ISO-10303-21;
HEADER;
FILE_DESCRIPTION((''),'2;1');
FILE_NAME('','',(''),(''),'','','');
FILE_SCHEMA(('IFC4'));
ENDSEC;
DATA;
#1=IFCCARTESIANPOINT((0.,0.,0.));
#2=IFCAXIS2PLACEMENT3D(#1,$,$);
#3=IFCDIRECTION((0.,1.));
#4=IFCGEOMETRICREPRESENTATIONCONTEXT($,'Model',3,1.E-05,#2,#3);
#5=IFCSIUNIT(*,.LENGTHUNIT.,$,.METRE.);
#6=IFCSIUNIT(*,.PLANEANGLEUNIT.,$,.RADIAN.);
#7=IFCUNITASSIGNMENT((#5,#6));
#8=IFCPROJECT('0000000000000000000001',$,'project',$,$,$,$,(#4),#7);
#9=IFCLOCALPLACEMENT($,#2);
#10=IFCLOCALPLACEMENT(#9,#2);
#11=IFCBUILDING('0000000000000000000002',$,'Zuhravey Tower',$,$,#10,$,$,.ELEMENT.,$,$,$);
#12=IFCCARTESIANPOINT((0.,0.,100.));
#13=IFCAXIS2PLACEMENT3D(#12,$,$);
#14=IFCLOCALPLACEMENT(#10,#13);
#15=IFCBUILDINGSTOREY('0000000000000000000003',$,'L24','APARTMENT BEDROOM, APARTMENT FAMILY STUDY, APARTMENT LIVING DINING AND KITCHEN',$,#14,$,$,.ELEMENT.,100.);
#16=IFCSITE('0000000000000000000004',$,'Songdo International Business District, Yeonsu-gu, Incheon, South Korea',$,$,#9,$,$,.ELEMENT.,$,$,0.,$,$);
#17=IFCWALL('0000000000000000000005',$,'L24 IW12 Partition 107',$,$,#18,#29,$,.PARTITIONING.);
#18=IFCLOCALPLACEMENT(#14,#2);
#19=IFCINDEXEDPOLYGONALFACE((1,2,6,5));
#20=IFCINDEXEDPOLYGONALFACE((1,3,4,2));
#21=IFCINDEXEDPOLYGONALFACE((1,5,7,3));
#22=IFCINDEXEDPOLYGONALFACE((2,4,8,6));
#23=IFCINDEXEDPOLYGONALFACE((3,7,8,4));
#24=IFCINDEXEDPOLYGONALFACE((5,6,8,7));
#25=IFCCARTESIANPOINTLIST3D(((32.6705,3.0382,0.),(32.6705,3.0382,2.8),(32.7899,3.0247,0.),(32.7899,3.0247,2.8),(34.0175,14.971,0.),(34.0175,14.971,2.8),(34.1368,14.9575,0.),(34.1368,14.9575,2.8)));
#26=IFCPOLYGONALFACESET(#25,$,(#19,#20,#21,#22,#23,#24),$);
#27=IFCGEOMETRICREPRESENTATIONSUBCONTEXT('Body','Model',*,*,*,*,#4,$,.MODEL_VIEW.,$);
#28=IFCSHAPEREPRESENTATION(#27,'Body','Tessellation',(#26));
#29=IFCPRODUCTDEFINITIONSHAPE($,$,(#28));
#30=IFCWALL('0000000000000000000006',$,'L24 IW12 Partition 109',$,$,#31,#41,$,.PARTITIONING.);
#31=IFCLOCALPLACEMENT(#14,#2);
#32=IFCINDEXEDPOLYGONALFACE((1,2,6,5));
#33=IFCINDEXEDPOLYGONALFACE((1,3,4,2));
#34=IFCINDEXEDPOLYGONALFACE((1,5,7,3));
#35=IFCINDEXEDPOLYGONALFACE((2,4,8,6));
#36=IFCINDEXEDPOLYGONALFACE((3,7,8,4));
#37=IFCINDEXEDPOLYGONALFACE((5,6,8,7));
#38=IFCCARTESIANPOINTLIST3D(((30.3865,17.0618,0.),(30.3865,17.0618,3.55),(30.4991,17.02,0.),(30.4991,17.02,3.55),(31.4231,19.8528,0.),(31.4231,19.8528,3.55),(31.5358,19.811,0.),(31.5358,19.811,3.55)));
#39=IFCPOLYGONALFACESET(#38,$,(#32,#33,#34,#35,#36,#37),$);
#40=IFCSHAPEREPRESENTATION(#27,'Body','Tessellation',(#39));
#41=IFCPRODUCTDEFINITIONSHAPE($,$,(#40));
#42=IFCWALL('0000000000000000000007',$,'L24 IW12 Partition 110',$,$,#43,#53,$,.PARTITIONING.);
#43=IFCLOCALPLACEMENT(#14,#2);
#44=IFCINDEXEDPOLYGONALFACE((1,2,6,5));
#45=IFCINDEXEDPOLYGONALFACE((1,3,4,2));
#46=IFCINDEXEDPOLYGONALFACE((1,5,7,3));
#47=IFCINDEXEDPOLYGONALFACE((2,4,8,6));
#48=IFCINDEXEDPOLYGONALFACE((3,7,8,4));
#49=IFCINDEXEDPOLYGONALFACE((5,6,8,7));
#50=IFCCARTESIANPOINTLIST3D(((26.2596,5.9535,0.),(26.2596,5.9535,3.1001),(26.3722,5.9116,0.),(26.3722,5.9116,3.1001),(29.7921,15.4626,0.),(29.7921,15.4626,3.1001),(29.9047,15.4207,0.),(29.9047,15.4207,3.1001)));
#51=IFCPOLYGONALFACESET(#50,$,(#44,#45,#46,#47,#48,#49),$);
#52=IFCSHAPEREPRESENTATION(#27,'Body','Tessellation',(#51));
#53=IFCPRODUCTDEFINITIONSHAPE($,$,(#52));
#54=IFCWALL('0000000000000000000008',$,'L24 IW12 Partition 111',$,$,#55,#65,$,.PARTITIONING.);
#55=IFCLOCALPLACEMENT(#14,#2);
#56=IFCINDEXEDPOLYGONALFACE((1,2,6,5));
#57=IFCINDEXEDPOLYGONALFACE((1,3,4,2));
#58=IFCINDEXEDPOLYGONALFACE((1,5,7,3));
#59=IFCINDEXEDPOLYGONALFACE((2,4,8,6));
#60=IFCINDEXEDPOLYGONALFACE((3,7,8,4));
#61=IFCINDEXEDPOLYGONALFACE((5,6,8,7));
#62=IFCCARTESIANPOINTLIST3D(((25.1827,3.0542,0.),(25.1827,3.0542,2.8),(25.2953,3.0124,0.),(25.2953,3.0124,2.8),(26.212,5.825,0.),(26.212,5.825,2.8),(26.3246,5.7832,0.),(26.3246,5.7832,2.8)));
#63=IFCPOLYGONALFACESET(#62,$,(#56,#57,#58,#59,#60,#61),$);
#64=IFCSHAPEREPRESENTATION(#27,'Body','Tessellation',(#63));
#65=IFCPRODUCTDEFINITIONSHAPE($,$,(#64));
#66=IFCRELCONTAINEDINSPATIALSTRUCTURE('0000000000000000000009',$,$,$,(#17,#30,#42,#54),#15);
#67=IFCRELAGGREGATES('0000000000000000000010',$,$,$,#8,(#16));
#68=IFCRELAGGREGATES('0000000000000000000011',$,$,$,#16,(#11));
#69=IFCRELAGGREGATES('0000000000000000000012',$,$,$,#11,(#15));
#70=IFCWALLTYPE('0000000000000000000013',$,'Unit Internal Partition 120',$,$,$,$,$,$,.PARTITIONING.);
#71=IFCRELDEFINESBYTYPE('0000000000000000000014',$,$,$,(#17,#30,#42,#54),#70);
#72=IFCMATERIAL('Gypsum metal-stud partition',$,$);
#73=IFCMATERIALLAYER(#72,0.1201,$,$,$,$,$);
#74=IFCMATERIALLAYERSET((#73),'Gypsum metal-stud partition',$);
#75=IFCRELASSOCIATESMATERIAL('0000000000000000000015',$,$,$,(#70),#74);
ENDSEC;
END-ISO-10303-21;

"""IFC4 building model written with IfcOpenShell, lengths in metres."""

from ifc_helpers import new_model, si_unit, direction, frame, frame_2d, origin, place, context, subcontext, project, spatial, rectangle, extrude, material, layer, layer_set, type_object, element, save


model = new_model("IFC4")

# Units and contexts
model_context = context("Model", 3, precision=1e-05, world=origin(), true_north=direction((0.0, 1.0)))
body_context = subcontext(model_context, "Body", "Model", "MODEL_VIEW")
ifc_project = project(units=[si_unit("LENGTHUNIT", "METRE"), si_unit("PLANEANGLEUNIT", "RADIAN")], contexts=[model_context])

# Site, building, storey
site_placement = place(None, origin())
site = spatial("IfcSite", under=ifc_project, at=site_placement, Name="Songdo International Business District, Yeonsu-gu, Incheon, South Korea", CompositionType="ELEMENT", RefElevation=0.0)
building_placement = place(site_placement, origin())
building = spatial("IfcBuilding", under=site, at=building_placement, Name="Zuhravey Tower", CompositionType="ELEMENT")
storey_placement = place(building_placement, frame((0.0, 0.0, 100.0)))
storey = spatial("IfcBuildingStorey", under=building, at=storey_placement, Name="L24", Description="APARTMENT BEDROOM, APARTMENT FAMILY STUDY, APARTMENT LIVING DINING AND KITCHEN", CompositionType="ELEMENT", Elevation=100.0)

# Shared definitions
ifc_material_1 = material(Name="Gypsum metal-stud partition")
ifc_layer_1 = layer(ifc_material_1, 0.1201)
ifc_layer_set_1 = layer_set([ifc_layer_1], Name="Gypsum metal-stud partition")
wall_type_1 = type_object("IfcWallType", Name="Unit Internal Partition 120", PredefinedType="PARTITIONING", material=ifc_layer_set_1)

# Walls
wall_1_placement = place(storey_placement, frame((34.0771, 14.9644, 0.0), z_axis=(0.0, 0.0, 1.0), x_axis=(-0.112163, -0.99369, 0.0)))
element("IfcWall", 1, at=wall_1_placement, inside=storey, type_object=wall_type_1, Name="L24 IW12 Partition 107", PredefinedType="PARTITIONING", context=body_context, shape_type="SweptSolid", body=[
    extrude(rectangle(XDim=12.0085, YDim=0.1201, at=frame_2d((6.0044, 0.0))), origin(), (0.0, 0.0, 1.0), 2.8),
])
wall_2_placement = place(storey_placement, frame((31.4795, 19.832, 0.0), z_axis=(0.0, 0.0, 1.0), x_axis=(-0.348174, -0.93743, 0.0)))
element("IfcWall", 2, at=wall_2_placement, inside=storey, type_object=wall_type_1, Name="L24 IW12 Partition 109", PredefinedType="PARTITIONING", context=body_context, shape_type="SweptSolid", body=[
    extrude(rectangle(XDim=2.9773, YDim=0.1201, at=frame_2d((1.4888, 0.0))), origin(), (0.0, 0.0, 1.0), 3.55),
])
wall_3_placement = place(storey_placement, frame((29.8484, 15.4417, 0.0), z_axis=(0.0, 0.0, 1.0), x_axis=(-0.348234, -0.937408, 0.0)))
element("IfcWall", 3, at=wall_3_placement, inside=storey, type_object=wall_type_1, Name="L24 IW12 Partition 110", PredefinedType="PARTITIONING", context=body_context, shape_type="SweptSolid", body=[
    extrude(rectangle(XDim=10.144, YDim=0.1201, at=frame_2d((5.072, 0.0))), origin(), (0.0, 0.0, 1.0), 3.1001),
])
wall_4_placement = place(storey_placement, frame((26.2683, 5.8042, 0.0), z_axis=(0.0, 0.0, 1.0), x_axis=(-0.348234, -0.937408, 0.0)))
element("IfcWall", 4, at=wall_4_placement, inside=storey, type_object=wall_type_1, Name="L24 IW12 Partition 111", PredefinedType="PARTITIONING", context=body_context, shape_type="SweptSolid", body=[
    extrude(rectangle(XDim=2.9558, YDim=0.1201, at=frame_2d((1.478, 0.0))), origin(), (0.0, 0.0, 1.0), 2.8),
])

save(model, "model.ifc")
